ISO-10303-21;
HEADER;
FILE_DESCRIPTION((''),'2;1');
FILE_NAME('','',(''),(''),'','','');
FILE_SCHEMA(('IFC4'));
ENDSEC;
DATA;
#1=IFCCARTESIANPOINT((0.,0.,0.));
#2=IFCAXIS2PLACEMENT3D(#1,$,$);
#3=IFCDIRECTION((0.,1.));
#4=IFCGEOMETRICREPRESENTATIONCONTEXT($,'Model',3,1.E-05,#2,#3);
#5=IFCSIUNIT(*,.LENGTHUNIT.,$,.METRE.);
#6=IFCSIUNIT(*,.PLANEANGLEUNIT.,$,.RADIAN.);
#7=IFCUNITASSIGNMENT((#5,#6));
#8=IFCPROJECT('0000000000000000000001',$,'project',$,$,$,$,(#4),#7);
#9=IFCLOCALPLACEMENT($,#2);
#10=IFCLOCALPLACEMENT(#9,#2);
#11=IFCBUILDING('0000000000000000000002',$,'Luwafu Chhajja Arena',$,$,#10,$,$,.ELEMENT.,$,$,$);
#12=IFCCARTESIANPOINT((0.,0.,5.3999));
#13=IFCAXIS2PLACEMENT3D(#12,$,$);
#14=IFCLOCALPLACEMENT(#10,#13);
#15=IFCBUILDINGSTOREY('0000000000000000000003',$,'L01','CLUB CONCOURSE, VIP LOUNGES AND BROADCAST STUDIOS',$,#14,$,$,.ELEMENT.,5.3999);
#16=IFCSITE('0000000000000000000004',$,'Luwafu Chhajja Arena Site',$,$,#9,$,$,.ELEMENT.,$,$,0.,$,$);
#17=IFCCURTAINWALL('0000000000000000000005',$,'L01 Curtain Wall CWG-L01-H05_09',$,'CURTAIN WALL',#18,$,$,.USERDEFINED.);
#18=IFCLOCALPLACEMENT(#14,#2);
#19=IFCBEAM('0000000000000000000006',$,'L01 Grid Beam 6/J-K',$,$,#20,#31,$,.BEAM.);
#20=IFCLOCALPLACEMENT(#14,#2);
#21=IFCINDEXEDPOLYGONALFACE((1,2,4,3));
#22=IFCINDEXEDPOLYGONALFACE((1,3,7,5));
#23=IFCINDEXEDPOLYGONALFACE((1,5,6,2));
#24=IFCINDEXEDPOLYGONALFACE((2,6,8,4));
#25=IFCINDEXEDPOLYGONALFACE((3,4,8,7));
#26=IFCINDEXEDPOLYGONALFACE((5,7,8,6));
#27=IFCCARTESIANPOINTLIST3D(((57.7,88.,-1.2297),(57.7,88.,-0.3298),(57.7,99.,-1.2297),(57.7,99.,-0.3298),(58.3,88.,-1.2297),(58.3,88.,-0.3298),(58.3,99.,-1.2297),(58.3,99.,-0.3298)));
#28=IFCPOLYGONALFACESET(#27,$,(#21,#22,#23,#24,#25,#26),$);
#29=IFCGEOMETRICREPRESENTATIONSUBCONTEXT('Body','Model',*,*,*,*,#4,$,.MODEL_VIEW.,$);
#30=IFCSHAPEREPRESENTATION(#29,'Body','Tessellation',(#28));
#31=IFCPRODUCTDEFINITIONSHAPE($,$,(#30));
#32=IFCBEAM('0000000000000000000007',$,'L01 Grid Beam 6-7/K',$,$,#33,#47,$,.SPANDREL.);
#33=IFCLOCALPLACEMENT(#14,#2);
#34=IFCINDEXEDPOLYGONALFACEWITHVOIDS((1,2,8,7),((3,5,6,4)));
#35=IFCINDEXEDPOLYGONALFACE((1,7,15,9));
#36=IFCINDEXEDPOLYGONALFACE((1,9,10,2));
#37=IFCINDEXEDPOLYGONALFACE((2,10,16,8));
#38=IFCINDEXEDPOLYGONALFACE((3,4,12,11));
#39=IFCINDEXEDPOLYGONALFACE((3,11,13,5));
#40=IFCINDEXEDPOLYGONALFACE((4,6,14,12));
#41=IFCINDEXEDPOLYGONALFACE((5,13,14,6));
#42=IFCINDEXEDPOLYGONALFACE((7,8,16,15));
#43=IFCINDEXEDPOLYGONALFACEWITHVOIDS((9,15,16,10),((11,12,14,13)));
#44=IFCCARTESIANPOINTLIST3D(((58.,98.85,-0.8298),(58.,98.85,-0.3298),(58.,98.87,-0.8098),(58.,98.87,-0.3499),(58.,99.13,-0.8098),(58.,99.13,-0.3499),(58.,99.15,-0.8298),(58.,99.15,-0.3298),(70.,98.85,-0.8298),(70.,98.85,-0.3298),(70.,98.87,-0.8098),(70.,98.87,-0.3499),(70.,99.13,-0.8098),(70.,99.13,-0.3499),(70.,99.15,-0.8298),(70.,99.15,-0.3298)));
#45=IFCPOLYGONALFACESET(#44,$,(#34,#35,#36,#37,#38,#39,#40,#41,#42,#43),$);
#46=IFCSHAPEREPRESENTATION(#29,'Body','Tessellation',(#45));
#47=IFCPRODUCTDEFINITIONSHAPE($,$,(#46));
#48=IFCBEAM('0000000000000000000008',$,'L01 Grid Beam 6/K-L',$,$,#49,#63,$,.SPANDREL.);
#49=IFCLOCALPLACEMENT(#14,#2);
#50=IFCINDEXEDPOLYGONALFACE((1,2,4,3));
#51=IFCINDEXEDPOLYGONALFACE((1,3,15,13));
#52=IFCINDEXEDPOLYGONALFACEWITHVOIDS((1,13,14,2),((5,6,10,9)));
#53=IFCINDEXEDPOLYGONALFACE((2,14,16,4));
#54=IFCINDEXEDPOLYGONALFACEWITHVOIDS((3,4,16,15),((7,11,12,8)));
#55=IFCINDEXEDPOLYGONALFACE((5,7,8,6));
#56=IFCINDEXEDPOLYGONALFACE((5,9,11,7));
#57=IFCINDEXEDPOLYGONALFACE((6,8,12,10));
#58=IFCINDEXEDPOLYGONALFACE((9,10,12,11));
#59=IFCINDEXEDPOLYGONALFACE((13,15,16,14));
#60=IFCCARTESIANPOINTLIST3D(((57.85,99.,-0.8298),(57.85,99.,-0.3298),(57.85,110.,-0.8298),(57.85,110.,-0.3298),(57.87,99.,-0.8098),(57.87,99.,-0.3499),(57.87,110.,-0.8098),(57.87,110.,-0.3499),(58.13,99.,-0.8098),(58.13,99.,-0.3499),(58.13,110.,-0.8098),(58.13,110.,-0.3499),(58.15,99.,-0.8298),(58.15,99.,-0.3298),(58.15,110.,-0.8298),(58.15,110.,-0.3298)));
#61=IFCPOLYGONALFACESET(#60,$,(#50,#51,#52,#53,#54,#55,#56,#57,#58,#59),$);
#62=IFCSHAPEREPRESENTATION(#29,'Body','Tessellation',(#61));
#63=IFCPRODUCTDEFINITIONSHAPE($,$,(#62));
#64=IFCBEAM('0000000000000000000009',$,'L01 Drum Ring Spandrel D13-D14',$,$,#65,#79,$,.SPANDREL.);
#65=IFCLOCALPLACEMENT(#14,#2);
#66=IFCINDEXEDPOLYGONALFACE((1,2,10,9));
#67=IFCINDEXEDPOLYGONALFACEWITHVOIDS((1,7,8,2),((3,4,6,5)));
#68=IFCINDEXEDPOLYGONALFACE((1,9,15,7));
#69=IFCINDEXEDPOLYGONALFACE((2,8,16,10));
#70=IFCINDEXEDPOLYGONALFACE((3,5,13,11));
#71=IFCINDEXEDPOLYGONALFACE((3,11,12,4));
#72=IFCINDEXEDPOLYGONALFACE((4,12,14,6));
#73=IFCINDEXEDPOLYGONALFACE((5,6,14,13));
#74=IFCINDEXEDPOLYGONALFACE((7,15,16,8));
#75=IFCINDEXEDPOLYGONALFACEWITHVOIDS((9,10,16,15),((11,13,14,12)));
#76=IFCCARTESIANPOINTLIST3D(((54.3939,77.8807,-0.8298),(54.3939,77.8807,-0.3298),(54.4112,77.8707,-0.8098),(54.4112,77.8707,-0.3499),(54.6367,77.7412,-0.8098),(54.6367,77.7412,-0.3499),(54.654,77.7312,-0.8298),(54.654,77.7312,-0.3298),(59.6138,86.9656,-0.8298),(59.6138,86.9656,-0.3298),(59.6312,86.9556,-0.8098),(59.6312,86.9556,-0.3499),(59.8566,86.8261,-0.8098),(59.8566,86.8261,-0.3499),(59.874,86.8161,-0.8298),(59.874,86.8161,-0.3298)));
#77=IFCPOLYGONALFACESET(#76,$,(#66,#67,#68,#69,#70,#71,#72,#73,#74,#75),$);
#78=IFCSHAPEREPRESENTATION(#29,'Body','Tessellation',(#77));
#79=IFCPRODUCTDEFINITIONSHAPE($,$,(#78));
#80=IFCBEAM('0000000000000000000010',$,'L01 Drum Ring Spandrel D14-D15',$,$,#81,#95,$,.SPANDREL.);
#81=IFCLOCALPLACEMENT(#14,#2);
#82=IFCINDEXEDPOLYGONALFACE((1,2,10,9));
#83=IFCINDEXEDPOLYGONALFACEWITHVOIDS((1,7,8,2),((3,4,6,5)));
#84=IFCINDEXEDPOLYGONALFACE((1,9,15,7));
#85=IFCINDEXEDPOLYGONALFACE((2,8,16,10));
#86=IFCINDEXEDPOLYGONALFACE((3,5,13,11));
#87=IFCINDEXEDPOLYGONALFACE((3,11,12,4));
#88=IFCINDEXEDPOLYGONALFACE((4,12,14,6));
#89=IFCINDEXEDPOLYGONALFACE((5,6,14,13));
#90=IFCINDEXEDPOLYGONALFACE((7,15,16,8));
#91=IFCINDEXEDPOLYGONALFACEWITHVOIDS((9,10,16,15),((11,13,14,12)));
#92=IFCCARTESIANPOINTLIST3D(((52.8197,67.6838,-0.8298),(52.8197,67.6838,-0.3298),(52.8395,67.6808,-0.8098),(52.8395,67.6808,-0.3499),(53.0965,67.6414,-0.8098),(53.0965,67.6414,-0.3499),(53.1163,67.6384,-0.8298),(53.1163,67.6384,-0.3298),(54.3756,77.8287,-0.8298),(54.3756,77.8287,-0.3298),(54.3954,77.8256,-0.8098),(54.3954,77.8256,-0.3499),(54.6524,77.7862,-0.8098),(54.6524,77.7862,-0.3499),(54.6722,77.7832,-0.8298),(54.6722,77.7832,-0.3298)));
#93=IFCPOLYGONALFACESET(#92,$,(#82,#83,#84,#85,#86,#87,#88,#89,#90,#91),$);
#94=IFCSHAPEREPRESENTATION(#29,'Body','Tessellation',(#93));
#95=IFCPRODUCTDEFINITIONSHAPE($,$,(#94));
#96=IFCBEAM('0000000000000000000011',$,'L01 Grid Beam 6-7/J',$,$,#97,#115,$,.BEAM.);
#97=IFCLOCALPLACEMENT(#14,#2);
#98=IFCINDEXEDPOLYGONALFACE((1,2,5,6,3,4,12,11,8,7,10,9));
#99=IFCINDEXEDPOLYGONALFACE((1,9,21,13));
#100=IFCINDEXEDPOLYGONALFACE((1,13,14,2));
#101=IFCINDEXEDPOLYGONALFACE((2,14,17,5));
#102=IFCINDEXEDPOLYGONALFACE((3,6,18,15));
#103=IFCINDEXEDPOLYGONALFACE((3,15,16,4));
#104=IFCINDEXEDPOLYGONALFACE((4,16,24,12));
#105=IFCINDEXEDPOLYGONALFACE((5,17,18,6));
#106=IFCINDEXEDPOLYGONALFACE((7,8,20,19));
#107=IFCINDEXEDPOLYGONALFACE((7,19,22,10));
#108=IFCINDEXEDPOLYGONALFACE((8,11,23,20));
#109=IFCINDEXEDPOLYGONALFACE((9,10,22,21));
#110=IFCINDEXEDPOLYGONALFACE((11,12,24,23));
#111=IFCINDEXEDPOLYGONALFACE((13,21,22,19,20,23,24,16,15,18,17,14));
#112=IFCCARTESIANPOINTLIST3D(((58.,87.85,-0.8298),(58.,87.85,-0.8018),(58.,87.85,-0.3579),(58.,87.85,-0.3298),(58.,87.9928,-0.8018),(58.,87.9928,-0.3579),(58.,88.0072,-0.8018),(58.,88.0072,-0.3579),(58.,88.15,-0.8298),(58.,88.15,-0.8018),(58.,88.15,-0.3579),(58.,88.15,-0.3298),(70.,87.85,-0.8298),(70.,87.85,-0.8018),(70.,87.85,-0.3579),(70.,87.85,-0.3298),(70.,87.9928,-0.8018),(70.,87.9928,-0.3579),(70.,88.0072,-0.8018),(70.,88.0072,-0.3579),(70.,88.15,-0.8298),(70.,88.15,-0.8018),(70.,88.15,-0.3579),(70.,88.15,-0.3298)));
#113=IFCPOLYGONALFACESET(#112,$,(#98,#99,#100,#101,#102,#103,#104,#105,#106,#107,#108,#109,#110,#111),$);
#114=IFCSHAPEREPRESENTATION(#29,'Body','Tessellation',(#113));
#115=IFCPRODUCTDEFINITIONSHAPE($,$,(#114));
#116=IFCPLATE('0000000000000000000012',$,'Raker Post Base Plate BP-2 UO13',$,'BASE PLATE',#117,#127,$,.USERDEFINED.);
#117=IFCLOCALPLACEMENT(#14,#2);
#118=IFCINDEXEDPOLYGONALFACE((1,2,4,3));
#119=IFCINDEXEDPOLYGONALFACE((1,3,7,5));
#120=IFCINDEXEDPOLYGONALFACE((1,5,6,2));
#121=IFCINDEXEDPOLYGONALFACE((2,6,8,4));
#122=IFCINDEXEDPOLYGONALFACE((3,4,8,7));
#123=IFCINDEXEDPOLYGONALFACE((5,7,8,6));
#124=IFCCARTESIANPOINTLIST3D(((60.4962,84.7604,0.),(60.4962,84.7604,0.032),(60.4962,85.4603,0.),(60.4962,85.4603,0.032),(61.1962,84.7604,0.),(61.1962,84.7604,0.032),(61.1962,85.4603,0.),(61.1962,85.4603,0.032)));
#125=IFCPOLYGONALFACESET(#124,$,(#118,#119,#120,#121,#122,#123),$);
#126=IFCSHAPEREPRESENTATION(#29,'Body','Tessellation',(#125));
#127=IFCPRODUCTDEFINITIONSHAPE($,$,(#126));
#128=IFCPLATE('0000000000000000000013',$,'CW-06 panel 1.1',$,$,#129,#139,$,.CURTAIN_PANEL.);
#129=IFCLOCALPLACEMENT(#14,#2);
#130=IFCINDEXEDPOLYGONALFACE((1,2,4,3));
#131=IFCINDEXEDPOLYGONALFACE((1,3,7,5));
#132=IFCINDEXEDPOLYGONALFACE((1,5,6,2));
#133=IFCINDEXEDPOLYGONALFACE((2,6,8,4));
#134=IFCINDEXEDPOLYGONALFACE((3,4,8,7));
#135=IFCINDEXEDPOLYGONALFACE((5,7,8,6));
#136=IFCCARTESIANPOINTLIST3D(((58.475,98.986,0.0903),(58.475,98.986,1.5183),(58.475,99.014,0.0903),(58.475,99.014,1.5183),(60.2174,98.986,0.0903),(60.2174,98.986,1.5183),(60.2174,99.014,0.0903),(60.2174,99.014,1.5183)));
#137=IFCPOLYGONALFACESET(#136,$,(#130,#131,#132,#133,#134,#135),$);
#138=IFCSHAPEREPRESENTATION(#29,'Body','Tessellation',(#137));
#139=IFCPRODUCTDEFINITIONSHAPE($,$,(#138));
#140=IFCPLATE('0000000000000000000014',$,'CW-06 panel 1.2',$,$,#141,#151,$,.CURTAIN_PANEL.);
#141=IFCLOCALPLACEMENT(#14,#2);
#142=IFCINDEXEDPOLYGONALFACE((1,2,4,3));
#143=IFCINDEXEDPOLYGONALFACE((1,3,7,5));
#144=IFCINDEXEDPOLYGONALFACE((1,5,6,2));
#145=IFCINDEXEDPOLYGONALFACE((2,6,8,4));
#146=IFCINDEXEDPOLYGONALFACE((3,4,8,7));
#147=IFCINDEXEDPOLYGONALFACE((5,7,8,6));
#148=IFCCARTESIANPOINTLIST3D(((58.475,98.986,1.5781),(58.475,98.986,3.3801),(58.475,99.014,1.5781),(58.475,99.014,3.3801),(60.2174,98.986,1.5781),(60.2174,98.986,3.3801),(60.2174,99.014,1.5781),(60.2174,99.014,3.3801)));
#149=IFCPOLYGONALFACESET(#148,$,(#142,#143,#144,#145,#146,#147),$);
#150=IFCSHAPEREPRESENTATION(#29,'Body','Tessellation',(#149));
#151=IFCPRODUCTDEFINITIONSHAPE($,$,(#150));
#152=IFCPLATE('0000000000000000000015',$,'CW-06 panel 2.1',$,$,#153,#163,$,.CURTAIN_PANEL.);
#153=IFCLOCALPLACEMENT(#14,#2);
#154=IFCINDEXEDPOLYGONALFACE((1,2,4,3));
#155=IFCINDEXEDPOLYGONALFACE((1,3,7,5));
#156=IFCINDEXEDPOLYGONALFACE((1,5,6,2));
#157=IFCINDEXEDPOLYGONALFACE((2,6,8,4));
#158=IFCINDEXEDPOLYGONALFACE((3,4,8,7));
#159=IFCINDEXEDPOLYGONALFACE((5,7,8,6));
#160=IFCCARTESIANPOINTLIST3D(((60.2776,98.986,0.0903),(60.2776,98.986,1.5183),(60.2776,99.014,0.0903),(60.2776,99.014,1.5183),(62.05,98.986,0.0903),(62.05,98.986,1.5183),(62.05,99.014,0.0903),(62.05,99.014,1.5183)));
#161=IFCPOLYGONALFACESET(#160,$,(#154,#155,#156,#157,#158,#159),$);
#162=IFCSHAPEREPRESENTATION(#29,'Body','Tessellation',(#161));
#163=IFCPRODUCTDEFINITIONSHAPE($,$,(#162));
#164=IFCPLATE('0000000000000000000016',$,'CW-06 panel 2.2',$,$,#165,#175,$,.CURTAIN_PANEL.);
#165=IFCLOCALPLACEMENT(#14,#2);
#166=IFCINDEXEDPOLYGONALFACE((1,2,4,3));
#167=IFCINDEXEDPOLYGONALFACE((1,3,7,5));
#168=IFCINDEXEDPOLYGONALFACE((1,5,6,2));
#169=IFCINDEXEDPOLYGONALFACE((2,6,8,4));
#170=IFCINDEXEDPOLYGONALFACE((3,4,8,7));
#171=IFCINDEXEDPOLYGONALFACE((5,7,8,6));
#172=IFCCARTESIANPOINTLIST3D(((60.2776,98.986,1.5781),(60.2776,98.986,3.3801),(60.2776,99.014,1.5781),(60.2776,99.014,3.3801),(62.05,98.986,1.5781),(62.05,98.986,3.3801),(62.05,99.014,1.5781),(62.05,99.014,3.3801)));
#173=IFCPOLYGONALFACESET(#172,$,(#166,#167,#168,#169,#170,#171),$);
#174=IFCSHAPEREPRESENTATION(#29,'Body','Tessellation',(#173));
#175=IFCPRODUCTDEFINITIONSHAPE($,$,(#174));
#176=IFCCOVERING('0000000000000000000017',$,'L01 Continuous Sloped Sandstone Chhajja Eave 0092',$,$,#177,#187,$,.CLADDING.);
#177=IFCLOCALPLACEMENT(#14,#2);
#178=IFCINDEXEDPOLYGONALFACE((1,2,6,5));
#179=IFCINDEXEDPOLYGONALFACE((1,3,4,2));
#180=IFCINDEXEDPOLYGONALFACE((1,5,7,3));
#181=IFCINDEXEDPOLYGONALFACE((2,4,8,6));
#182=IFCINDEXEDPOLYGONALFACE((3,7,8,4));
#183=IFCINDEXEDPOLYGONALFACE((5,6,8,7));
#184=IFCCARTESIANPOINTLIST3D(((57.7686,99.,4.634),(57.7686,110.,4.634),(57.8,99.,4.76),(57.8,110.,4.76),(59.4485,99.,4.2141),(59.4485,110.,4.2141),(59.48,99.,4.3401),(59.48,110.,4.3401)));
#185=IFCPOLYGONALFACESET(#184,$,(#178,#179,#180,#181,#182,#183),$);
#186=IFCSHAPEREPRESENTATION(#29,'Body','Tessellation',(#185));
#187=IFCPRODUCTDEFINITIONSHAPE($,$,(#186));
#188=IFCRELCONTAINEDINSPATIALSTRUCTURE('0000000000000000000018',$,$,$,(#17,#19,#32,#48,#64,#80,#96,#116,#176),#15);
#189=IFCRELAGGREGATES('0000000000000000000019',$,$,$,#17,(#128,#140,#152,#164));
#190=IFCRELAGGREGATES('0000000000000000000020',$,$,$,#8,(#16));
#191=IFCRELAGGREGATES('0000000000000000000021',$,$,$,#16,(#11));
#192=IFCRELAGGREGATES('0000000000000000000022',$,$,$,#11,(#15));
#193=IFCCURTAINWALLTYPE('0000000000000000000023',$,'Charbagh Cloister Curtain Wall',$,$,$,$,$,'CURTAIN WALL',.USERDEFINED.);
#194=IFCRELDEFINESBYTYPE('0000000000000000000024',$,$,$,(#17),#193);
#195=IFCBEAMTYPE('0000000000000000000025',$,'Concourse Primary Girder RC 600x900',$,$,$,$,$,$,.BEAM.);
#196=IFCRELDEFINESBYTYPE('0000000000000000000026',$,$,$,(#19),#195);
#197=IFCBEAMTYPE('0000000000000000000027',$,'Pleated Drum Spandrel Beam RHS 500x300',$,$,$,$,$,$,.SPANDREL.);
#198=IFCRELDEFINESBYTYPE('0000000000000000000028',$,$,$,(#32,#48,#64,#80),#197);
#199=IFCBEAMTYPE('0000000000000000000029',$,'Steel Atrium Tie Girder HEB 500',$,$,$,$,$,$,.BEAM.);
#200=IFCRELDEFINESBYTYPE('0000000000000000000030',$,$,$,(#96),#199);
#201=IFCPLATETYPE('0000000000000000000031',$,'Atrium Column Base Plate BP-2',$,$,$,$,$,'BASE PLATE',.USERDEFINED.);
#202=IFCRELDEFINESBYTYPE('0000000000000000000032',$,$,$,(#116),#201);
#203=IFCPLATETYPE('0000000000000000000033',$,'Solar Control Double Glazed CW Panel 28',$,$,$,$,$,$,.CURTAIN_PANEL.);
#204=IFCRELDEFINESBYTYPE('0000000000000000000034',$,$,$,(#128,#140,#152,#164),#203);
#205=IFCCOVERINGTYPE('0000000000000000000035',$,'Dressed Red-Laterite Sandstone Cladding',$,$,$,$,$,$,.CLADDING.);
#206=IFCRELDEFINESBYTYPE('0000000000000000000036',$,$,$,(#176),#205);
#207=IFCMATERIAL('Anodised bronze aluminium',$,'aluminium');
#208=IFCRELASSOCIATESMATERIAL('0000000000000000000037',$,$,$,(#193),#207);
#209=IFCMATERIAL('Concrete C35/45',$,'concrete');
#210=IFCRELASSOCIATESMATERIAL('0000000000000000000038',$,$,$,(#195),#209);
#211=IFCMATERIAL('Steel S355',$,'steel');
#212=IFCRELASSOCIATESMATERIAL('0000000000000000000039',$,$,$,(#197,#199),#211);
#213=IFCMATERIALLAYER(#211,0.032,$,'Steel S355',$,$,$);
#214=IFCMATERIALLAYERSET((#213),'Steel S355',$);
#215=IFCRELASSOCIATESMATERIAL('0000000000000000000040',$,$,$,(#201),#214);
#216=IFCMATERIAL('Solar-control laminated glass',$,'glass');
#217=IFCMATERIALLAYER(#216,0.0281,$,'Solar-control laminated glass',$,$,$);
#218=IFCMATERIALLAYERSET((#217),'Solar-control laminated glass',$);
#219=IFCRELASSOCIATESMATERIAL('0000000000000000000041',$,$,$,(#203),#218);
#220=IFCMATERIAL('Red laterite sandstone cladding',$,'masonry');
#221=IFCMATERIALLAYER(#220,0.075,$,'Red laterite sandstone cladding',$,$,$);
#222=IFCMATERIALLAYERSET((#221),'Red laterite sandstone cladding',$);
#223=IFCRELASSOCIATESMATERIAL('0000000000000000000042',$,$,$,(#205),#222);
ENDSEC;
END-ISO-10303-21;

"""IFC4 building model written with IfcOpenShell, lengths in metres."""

from ifc_helpers import new_model, si_unit, direction, frame, origin, origin_2d, place, context, subcontext, project, spatial, polyline, rectangle, hollow_rectangle, i_section, outline, extrude, material, layer, layer_set, material_profile, profile_set, type_object, element, aggregate, save


model = new_model("IFC4")

# Units and contexts
model_context = context("Model", 3, precision=1e-05, world=origin(), true_north=direction((0.0, 1.0)))
body_context = subcontext(model_context, "Body", "Model", "MODEL_VIEW")
ifc_project = project(units=[si_unit("LENGTHUNIT", "METRE"), si_unit("PLANEANGLEUNIT", "RADIAN")], contexts=[model_context])

# Site, building, storey
site_placement = place(None, origin())
site = spatial("IfcSite", under=ifc_project, at=site_placement, Name="Luwafu Chhajja Arena Site", CompositionType="ELEMENT", RefElevation=0.0)
building_placement = place(site_placement, origin())
building = spatial("IfcBuilding", under=site, at=building_placement, Name="Luwafu Chhajja Arena", CompositionType="ELEMENT")
storey_placement = place(building_placement, frame((0.0, 0.0, 5.3999)))
storey = spatial("IfcBuildingStorey", under=building, at=storey_placement, Name="L01", Description="CLUB CONCOURSE, VIP LOUNGES AND BROADCAST STUDIOS", CompositionType="ELEMENT", Elevation=5.3999)

# Shared definitions
ifc_material_1 = material(Name="Concrete C35/45", Category="concrete")
ifc_material_2 = material(Name="Steel S355", Category="steel")

# Curtain wall
ifc_material_3 = material(Name="Anodised bronze aluminium", Category="aluminium")
curtain_wall_type = type_object("IfcCurtainWallType", Name="Charbagh Cloister Curtain Wall", ElementType="CURTAIN WALL", PredefinedType="USERDEFINED", material=ifc_material_3)
curtain_wall_placement = place(storey_placement, origin())
curtain_wall = element("IfcCurtainWall", 1, at=curtain_wall_placement, inside=storey, type_object=curtain_wall_type, Name="L01 Curtain Wall CWG-L01-H05_09", ObjectType="CURTAIN WALL", PredefinedType="USERDEFINED")

# Beams
ifc_material_profile_1 = material_profile(ifc_material_1, rectangle(XDim=0.6001, YDim=0.8999, at=origin_2d()), Name="RC 600x900")
ifc_profile_set_1 = profile_set([ifc_material_profile_1], Name="Concrete C35/45")
beam_type_1 = type_object("IfcBeamType", Name="Concourse Primary Girder RC 600x900", PredefinedType="BEAM", material=ifc_profile_set_1)
beam_1_placement = place(storey_placement, frame((58.0, 88.0, -0.7798), z_axis=(0.0, 1.0, 0.0), x_axis=(-1.0, 0.0, 0.0)))
element("IfcBeam", 2, at=beam_1_placement, inside=storey, type_object=beam_type_1, Name="L01 Grid Beam 6/J-K", PredefinedType="BEAM", context=body_context, shape_type="SweptSolid", body=[
    extrude(rectangle(XDim=0.6001, YDim=0.8999, at=origin_2d()), origin(), (0.0, 0.0, 1.0), 11.0),
])
ifc_material_profile_2 = material_profile(ifc_material_2, hollow_rectangle(XDim=0.3, YDim=0.5, WallThickness=0.02, at=origin_2d()), Name="RHS 500x300x20")
ifc_profile_set_2 = profile_set([ifc_material_profile_2], Name="Steel S355")
beam_type_2 = type_object("IfcBeamType", Name="Pleated Drum Spandrel Beam RHS 500x300", PredefinedType="SPANDREL", material=ifc_profile_set_2)
beam_2_placement = place(storey_placement, frame((58.0, 99.0, -0.5798), z_axis=(1.0, 0.0, 0.0), x_axis=(0.0, 1.0, 0.0)))
element("IfcBeam", 3, at=beam_2_placement, inside=storey, type_object=beam_type_2, Name="L01 Grid Beam 6-7/K", PredefinedType="SPANDREL", context=body_context, shape_type="SweptSolid", body=[
    extrude(hollow_rectangle(XDim=0.3, YDim=0.5, WallThickness=0.02, at=origin_2d()), origin(), (0.0, 0.0, 1.0), 12.0),
])
beam_3_placement = place(storey_placement, frame((58.0, 99.0, -0.5798), z_axis=(0.0, 1.0, 0.0), x_axis=(-1.0, 0.0, 0.0)))
element("IfcBeam", 4, at=beam_3_placement, inside=storey, type_object=beam_type_2, Name="L01 Grid Beam 6/K-L", PredefinedType="SPANDREL", context=body_context, shape_type="SweptSolid", body=[
    extrude(hollow_rectangle(XDim=0.3, YDim=0.5, WallThickness=0.02, at=origin_2d()), origin(), (0.0, 0.0, 1.0), 11.0),
])
beam_4_placement = place(storey_placement, frame((59.7439, 86.8909, -0.5798), z_axis=(-0.498193, -0.867066, 0.0), x_axis=(0.867066, -0.498193, 0.0)))
element("IfcBeam", 5, at=beam_4_placement, inside=storey, type_object=beam_type_2, Name="L01 Drum Ring Spandrel D13-D14", PredefinedType="SPANDREL", context=body_context, shape_type="SweptSolid", body=[
    extrude(hollow_rectangle(XDim=0.3, YDim=0.5, WallThickness=0.02, at=origin_2d()), origin(), (0.0, 0.0, 1.0), 10.4778),
])
beam_5_placement = place(storey_placement, frame((54.5239, 77.8059, -0.5798), z_axis=(-0.151598, -0.988442, 0.0), x_axis=(0.988442, -0.151598, 0.0)))
element("IfcBeam", 6, at=beam_5_placement, inside=storey, type_object=beam_type_2, Name="L01 Drum Ring Spandrel D14-D15", PredefinedType="SPANDREL", context=body_context, shape_type="SweptSolid", body=[
    extrude(hollow_rectangle(XDim=0.3, YDim=0.5, WallThickness=0.02, at=origin_2d()), origin(), (0.0, 0.0, 1.0), 10.2634),
])
ifc_material_profile_3 = material_profile(ifc_material_2, i_section(OverallWidth=0.3, OverallDepth=0.5, WebThickness=0.0144, FlangeThickness=0.0281, at=origin_2d()), Name="HEB 500")
ifc_profile_set_3 = profile_set([ifc_material_profile_3], Name="Steel S355")
beam_type_3 = type_object("IfcBeamType", Name="Steel Atrium Tie Girder HEB 500", PredefinedType="BEAM", material=ifc_profile_set_3)
beam_6_placement = place(storey_placement, frame((58.0, 88.0, -0.5798), z_axis=(1.0, 0.0, 0.0), x_axis=(0.0, 1.0, 0.0)))
element("IfcBeam", 7, at=beam_6_placement, inside=storey, type_object=beam_type_3, Name="L01 Grid Beam 6-7/J", PredefinedType="BEAM", context=body_context, shape_type="SweptSolid", body=[
    extrude(i_section(OverallWidth=0.3, OverallDepth=0.5, WebThickness=0.0144, FlangeThickness=0.0281, at=origin_2d()), origin(), (0.0, 0.0, 1.0), 12.0),
])

# Plates
ifc_layer_1 = layer(ifc_material_2, 0.032, Name="Steel S355")
ifc_layer_set_1 = layer_set([ifc_layer_1], Name="Steel S355")
plate_type_1 = type_object("IfcPlateType", Name="Atrium Column Base Plate BP-2", ElementType="BASE PLATE", PredefinedType="USERDEFINED", material=ifc_layer_set_1)
plate_1_placement = place(storey_placement, frame((60.8462, 85.1104, 0.0), z_axis=(0.0, 0.0, 1.0), x_axis=(1.0, 0.0, 0.0)))
element("IfcPlate", 8, at=plate_1_placement, inside=storey, type_object=plate_type_1, Name="Raker Post Base Plate BP-2 UO13", ObjectType="BASE PLATE", PredefinedType="USERDEFINED", context=body_context, shape_type="SweptSolid", body=[
    extrude(rectangle(XDim=0.7, YDim=0.7, at=origin_2d()), origin(), (0.0, 0.0, 1.0), 0.032),
])
ifc_material_4 = material(Name="Solar-control laminated glass", Category="glass")
ifc_layer_2 = layer(ifc_material_4, 0.0281, Name="Solar-control laminated glass")
ifc_layer_set_2 = layer_set([ifc_layer_2], Name="Solar-control laminated glass")
plate_type_2 = type_object("IfcPlateType", Name="Solar Control Double Glazed CW Panel 28", PredefinedType="CURTAIN_PANEL", material=ifc_layer_set_2)
plate_2_placement = place(storey_placement, frame((59.3462, 99.0, 0.0903), z_axis=(0.0, 0.0, 1.0), x_axis=(1.0, 0.0, 0.0)))
plate_2 = element("IfcPlate", 9, at=plate_2_placement, type_object=plate_type_2, Name="CW-06 panel 1.1", PredefinedType="CURTAIN_PANEL", context=body_context, shape_type="SweptSolid", body=[
    extrude(rectangle(XDim=1.7424, YDim=0.0281, at=origin_2d()), origin(), (0.0, 0.0, 1.0), 1.428),
])
plate_3_placement = place(storey_placement, frame((59.3462, 99.0, 1.5781), z_axis=(0.0, 0.0, 1.0), x_axis=(1.0, 0.0, 0.0)))
plate_3 = element("IfcPlate", 10, at=plate_3_placement, type_object=plate_type_2, Name="CW-06 panel 1.2", PredefinedType="CURTAIN_PANEL", context=body_context, shape_type="SweptSolid", body=[
    extrude(rectangle(XDim=1.7424, YDim=0.0281, at=origin_2d()), origin(), (0.0, 0.0, 1.0), 1.802),
])
plate_4_placement = place(storey_placement, frame((61.1638, 99.0, 0.0903), z_axis=(0.0, 0.0, 1.0), x_axis=(1.0, 0.0, 0.0)))
plate_4 = element("IfcPlate", 11, at=plate_4_placement, type_object=plate_type_2, Name="CW-06 panel 2.1", PredefinedType="CURTAIN_PANEL", context=body_context, shape_type="SweptSolid", body=[
    extrude(rectangle(XDim=1.7725, YDim=0.0281, at=origin_2d()), origin(), (0.0, 0.0, 1.0), 1.428),
])
plate_5_placement = place(storey_placement, frame((61.1638, 99.0, 1.5781), z_axis=(0.0, 0.0, 1.0), x_axis=(1.0, 0.0, 0.0)))
plate_5 = element("IfcPlate", 12, at=plate_5_placement, type_object=plate_type_2, Name="CW-06 panel 2.2", PredefinedType="CURTAIN_PANEL", context=body_context, shape_type="SweptSolid", body=[
    extrude(rectangle(XDim=1.7725, YDim=0.0281, at=origin_2d()), origin(), (0.0, 0.0, 1.0), 1.802),
])
aggregate(curtain_wall, [plate_2, plate_3, plate_4, plate_5])

# Covering
ifc_material_5 = material(Name="Red laterite sandstone cladding", Category="masonry")
ifc_layer_3 = layer(ifc_material_5, 0.075, Name="Red laterite sandstone cladding")
ifc_layer_set_3 = layer_set([ifc_layer_3], Name="Red laterite sandstone cladding")
covering_type = type_object("IfcCoveringType", Name="Dressed Red-Laterite Sandstone Cladding", PredefinedType="CLADDING", material=ifc_layer_set_3)
covering_1_placement = place(storey_placement, frame((57.8, 99.0, 4.76), z_axis=(0.242502, 0.0, 0.970151), x_axis=(0.0, 1.0, 0.0)))
element("IfcCovering", 13, at=covering_1_placement, inside=storey, type_object=covering_type, Name="L01 Continuous Sloped Sandstone Chhajja Eave 0092", PredefinedType="CLADDING", context=body_context, shape_type="SweptSolid", body=[
    extrude(outline(polyline([(0.0, 0.0), (11.0, 0.0), (11.0, -1.7316), (0.0, -1.7316), (0.0, 0.0)])), origin(), (0.0, 0.0, -1.0), 0.1299),
])

save(model, "model.ifc")
